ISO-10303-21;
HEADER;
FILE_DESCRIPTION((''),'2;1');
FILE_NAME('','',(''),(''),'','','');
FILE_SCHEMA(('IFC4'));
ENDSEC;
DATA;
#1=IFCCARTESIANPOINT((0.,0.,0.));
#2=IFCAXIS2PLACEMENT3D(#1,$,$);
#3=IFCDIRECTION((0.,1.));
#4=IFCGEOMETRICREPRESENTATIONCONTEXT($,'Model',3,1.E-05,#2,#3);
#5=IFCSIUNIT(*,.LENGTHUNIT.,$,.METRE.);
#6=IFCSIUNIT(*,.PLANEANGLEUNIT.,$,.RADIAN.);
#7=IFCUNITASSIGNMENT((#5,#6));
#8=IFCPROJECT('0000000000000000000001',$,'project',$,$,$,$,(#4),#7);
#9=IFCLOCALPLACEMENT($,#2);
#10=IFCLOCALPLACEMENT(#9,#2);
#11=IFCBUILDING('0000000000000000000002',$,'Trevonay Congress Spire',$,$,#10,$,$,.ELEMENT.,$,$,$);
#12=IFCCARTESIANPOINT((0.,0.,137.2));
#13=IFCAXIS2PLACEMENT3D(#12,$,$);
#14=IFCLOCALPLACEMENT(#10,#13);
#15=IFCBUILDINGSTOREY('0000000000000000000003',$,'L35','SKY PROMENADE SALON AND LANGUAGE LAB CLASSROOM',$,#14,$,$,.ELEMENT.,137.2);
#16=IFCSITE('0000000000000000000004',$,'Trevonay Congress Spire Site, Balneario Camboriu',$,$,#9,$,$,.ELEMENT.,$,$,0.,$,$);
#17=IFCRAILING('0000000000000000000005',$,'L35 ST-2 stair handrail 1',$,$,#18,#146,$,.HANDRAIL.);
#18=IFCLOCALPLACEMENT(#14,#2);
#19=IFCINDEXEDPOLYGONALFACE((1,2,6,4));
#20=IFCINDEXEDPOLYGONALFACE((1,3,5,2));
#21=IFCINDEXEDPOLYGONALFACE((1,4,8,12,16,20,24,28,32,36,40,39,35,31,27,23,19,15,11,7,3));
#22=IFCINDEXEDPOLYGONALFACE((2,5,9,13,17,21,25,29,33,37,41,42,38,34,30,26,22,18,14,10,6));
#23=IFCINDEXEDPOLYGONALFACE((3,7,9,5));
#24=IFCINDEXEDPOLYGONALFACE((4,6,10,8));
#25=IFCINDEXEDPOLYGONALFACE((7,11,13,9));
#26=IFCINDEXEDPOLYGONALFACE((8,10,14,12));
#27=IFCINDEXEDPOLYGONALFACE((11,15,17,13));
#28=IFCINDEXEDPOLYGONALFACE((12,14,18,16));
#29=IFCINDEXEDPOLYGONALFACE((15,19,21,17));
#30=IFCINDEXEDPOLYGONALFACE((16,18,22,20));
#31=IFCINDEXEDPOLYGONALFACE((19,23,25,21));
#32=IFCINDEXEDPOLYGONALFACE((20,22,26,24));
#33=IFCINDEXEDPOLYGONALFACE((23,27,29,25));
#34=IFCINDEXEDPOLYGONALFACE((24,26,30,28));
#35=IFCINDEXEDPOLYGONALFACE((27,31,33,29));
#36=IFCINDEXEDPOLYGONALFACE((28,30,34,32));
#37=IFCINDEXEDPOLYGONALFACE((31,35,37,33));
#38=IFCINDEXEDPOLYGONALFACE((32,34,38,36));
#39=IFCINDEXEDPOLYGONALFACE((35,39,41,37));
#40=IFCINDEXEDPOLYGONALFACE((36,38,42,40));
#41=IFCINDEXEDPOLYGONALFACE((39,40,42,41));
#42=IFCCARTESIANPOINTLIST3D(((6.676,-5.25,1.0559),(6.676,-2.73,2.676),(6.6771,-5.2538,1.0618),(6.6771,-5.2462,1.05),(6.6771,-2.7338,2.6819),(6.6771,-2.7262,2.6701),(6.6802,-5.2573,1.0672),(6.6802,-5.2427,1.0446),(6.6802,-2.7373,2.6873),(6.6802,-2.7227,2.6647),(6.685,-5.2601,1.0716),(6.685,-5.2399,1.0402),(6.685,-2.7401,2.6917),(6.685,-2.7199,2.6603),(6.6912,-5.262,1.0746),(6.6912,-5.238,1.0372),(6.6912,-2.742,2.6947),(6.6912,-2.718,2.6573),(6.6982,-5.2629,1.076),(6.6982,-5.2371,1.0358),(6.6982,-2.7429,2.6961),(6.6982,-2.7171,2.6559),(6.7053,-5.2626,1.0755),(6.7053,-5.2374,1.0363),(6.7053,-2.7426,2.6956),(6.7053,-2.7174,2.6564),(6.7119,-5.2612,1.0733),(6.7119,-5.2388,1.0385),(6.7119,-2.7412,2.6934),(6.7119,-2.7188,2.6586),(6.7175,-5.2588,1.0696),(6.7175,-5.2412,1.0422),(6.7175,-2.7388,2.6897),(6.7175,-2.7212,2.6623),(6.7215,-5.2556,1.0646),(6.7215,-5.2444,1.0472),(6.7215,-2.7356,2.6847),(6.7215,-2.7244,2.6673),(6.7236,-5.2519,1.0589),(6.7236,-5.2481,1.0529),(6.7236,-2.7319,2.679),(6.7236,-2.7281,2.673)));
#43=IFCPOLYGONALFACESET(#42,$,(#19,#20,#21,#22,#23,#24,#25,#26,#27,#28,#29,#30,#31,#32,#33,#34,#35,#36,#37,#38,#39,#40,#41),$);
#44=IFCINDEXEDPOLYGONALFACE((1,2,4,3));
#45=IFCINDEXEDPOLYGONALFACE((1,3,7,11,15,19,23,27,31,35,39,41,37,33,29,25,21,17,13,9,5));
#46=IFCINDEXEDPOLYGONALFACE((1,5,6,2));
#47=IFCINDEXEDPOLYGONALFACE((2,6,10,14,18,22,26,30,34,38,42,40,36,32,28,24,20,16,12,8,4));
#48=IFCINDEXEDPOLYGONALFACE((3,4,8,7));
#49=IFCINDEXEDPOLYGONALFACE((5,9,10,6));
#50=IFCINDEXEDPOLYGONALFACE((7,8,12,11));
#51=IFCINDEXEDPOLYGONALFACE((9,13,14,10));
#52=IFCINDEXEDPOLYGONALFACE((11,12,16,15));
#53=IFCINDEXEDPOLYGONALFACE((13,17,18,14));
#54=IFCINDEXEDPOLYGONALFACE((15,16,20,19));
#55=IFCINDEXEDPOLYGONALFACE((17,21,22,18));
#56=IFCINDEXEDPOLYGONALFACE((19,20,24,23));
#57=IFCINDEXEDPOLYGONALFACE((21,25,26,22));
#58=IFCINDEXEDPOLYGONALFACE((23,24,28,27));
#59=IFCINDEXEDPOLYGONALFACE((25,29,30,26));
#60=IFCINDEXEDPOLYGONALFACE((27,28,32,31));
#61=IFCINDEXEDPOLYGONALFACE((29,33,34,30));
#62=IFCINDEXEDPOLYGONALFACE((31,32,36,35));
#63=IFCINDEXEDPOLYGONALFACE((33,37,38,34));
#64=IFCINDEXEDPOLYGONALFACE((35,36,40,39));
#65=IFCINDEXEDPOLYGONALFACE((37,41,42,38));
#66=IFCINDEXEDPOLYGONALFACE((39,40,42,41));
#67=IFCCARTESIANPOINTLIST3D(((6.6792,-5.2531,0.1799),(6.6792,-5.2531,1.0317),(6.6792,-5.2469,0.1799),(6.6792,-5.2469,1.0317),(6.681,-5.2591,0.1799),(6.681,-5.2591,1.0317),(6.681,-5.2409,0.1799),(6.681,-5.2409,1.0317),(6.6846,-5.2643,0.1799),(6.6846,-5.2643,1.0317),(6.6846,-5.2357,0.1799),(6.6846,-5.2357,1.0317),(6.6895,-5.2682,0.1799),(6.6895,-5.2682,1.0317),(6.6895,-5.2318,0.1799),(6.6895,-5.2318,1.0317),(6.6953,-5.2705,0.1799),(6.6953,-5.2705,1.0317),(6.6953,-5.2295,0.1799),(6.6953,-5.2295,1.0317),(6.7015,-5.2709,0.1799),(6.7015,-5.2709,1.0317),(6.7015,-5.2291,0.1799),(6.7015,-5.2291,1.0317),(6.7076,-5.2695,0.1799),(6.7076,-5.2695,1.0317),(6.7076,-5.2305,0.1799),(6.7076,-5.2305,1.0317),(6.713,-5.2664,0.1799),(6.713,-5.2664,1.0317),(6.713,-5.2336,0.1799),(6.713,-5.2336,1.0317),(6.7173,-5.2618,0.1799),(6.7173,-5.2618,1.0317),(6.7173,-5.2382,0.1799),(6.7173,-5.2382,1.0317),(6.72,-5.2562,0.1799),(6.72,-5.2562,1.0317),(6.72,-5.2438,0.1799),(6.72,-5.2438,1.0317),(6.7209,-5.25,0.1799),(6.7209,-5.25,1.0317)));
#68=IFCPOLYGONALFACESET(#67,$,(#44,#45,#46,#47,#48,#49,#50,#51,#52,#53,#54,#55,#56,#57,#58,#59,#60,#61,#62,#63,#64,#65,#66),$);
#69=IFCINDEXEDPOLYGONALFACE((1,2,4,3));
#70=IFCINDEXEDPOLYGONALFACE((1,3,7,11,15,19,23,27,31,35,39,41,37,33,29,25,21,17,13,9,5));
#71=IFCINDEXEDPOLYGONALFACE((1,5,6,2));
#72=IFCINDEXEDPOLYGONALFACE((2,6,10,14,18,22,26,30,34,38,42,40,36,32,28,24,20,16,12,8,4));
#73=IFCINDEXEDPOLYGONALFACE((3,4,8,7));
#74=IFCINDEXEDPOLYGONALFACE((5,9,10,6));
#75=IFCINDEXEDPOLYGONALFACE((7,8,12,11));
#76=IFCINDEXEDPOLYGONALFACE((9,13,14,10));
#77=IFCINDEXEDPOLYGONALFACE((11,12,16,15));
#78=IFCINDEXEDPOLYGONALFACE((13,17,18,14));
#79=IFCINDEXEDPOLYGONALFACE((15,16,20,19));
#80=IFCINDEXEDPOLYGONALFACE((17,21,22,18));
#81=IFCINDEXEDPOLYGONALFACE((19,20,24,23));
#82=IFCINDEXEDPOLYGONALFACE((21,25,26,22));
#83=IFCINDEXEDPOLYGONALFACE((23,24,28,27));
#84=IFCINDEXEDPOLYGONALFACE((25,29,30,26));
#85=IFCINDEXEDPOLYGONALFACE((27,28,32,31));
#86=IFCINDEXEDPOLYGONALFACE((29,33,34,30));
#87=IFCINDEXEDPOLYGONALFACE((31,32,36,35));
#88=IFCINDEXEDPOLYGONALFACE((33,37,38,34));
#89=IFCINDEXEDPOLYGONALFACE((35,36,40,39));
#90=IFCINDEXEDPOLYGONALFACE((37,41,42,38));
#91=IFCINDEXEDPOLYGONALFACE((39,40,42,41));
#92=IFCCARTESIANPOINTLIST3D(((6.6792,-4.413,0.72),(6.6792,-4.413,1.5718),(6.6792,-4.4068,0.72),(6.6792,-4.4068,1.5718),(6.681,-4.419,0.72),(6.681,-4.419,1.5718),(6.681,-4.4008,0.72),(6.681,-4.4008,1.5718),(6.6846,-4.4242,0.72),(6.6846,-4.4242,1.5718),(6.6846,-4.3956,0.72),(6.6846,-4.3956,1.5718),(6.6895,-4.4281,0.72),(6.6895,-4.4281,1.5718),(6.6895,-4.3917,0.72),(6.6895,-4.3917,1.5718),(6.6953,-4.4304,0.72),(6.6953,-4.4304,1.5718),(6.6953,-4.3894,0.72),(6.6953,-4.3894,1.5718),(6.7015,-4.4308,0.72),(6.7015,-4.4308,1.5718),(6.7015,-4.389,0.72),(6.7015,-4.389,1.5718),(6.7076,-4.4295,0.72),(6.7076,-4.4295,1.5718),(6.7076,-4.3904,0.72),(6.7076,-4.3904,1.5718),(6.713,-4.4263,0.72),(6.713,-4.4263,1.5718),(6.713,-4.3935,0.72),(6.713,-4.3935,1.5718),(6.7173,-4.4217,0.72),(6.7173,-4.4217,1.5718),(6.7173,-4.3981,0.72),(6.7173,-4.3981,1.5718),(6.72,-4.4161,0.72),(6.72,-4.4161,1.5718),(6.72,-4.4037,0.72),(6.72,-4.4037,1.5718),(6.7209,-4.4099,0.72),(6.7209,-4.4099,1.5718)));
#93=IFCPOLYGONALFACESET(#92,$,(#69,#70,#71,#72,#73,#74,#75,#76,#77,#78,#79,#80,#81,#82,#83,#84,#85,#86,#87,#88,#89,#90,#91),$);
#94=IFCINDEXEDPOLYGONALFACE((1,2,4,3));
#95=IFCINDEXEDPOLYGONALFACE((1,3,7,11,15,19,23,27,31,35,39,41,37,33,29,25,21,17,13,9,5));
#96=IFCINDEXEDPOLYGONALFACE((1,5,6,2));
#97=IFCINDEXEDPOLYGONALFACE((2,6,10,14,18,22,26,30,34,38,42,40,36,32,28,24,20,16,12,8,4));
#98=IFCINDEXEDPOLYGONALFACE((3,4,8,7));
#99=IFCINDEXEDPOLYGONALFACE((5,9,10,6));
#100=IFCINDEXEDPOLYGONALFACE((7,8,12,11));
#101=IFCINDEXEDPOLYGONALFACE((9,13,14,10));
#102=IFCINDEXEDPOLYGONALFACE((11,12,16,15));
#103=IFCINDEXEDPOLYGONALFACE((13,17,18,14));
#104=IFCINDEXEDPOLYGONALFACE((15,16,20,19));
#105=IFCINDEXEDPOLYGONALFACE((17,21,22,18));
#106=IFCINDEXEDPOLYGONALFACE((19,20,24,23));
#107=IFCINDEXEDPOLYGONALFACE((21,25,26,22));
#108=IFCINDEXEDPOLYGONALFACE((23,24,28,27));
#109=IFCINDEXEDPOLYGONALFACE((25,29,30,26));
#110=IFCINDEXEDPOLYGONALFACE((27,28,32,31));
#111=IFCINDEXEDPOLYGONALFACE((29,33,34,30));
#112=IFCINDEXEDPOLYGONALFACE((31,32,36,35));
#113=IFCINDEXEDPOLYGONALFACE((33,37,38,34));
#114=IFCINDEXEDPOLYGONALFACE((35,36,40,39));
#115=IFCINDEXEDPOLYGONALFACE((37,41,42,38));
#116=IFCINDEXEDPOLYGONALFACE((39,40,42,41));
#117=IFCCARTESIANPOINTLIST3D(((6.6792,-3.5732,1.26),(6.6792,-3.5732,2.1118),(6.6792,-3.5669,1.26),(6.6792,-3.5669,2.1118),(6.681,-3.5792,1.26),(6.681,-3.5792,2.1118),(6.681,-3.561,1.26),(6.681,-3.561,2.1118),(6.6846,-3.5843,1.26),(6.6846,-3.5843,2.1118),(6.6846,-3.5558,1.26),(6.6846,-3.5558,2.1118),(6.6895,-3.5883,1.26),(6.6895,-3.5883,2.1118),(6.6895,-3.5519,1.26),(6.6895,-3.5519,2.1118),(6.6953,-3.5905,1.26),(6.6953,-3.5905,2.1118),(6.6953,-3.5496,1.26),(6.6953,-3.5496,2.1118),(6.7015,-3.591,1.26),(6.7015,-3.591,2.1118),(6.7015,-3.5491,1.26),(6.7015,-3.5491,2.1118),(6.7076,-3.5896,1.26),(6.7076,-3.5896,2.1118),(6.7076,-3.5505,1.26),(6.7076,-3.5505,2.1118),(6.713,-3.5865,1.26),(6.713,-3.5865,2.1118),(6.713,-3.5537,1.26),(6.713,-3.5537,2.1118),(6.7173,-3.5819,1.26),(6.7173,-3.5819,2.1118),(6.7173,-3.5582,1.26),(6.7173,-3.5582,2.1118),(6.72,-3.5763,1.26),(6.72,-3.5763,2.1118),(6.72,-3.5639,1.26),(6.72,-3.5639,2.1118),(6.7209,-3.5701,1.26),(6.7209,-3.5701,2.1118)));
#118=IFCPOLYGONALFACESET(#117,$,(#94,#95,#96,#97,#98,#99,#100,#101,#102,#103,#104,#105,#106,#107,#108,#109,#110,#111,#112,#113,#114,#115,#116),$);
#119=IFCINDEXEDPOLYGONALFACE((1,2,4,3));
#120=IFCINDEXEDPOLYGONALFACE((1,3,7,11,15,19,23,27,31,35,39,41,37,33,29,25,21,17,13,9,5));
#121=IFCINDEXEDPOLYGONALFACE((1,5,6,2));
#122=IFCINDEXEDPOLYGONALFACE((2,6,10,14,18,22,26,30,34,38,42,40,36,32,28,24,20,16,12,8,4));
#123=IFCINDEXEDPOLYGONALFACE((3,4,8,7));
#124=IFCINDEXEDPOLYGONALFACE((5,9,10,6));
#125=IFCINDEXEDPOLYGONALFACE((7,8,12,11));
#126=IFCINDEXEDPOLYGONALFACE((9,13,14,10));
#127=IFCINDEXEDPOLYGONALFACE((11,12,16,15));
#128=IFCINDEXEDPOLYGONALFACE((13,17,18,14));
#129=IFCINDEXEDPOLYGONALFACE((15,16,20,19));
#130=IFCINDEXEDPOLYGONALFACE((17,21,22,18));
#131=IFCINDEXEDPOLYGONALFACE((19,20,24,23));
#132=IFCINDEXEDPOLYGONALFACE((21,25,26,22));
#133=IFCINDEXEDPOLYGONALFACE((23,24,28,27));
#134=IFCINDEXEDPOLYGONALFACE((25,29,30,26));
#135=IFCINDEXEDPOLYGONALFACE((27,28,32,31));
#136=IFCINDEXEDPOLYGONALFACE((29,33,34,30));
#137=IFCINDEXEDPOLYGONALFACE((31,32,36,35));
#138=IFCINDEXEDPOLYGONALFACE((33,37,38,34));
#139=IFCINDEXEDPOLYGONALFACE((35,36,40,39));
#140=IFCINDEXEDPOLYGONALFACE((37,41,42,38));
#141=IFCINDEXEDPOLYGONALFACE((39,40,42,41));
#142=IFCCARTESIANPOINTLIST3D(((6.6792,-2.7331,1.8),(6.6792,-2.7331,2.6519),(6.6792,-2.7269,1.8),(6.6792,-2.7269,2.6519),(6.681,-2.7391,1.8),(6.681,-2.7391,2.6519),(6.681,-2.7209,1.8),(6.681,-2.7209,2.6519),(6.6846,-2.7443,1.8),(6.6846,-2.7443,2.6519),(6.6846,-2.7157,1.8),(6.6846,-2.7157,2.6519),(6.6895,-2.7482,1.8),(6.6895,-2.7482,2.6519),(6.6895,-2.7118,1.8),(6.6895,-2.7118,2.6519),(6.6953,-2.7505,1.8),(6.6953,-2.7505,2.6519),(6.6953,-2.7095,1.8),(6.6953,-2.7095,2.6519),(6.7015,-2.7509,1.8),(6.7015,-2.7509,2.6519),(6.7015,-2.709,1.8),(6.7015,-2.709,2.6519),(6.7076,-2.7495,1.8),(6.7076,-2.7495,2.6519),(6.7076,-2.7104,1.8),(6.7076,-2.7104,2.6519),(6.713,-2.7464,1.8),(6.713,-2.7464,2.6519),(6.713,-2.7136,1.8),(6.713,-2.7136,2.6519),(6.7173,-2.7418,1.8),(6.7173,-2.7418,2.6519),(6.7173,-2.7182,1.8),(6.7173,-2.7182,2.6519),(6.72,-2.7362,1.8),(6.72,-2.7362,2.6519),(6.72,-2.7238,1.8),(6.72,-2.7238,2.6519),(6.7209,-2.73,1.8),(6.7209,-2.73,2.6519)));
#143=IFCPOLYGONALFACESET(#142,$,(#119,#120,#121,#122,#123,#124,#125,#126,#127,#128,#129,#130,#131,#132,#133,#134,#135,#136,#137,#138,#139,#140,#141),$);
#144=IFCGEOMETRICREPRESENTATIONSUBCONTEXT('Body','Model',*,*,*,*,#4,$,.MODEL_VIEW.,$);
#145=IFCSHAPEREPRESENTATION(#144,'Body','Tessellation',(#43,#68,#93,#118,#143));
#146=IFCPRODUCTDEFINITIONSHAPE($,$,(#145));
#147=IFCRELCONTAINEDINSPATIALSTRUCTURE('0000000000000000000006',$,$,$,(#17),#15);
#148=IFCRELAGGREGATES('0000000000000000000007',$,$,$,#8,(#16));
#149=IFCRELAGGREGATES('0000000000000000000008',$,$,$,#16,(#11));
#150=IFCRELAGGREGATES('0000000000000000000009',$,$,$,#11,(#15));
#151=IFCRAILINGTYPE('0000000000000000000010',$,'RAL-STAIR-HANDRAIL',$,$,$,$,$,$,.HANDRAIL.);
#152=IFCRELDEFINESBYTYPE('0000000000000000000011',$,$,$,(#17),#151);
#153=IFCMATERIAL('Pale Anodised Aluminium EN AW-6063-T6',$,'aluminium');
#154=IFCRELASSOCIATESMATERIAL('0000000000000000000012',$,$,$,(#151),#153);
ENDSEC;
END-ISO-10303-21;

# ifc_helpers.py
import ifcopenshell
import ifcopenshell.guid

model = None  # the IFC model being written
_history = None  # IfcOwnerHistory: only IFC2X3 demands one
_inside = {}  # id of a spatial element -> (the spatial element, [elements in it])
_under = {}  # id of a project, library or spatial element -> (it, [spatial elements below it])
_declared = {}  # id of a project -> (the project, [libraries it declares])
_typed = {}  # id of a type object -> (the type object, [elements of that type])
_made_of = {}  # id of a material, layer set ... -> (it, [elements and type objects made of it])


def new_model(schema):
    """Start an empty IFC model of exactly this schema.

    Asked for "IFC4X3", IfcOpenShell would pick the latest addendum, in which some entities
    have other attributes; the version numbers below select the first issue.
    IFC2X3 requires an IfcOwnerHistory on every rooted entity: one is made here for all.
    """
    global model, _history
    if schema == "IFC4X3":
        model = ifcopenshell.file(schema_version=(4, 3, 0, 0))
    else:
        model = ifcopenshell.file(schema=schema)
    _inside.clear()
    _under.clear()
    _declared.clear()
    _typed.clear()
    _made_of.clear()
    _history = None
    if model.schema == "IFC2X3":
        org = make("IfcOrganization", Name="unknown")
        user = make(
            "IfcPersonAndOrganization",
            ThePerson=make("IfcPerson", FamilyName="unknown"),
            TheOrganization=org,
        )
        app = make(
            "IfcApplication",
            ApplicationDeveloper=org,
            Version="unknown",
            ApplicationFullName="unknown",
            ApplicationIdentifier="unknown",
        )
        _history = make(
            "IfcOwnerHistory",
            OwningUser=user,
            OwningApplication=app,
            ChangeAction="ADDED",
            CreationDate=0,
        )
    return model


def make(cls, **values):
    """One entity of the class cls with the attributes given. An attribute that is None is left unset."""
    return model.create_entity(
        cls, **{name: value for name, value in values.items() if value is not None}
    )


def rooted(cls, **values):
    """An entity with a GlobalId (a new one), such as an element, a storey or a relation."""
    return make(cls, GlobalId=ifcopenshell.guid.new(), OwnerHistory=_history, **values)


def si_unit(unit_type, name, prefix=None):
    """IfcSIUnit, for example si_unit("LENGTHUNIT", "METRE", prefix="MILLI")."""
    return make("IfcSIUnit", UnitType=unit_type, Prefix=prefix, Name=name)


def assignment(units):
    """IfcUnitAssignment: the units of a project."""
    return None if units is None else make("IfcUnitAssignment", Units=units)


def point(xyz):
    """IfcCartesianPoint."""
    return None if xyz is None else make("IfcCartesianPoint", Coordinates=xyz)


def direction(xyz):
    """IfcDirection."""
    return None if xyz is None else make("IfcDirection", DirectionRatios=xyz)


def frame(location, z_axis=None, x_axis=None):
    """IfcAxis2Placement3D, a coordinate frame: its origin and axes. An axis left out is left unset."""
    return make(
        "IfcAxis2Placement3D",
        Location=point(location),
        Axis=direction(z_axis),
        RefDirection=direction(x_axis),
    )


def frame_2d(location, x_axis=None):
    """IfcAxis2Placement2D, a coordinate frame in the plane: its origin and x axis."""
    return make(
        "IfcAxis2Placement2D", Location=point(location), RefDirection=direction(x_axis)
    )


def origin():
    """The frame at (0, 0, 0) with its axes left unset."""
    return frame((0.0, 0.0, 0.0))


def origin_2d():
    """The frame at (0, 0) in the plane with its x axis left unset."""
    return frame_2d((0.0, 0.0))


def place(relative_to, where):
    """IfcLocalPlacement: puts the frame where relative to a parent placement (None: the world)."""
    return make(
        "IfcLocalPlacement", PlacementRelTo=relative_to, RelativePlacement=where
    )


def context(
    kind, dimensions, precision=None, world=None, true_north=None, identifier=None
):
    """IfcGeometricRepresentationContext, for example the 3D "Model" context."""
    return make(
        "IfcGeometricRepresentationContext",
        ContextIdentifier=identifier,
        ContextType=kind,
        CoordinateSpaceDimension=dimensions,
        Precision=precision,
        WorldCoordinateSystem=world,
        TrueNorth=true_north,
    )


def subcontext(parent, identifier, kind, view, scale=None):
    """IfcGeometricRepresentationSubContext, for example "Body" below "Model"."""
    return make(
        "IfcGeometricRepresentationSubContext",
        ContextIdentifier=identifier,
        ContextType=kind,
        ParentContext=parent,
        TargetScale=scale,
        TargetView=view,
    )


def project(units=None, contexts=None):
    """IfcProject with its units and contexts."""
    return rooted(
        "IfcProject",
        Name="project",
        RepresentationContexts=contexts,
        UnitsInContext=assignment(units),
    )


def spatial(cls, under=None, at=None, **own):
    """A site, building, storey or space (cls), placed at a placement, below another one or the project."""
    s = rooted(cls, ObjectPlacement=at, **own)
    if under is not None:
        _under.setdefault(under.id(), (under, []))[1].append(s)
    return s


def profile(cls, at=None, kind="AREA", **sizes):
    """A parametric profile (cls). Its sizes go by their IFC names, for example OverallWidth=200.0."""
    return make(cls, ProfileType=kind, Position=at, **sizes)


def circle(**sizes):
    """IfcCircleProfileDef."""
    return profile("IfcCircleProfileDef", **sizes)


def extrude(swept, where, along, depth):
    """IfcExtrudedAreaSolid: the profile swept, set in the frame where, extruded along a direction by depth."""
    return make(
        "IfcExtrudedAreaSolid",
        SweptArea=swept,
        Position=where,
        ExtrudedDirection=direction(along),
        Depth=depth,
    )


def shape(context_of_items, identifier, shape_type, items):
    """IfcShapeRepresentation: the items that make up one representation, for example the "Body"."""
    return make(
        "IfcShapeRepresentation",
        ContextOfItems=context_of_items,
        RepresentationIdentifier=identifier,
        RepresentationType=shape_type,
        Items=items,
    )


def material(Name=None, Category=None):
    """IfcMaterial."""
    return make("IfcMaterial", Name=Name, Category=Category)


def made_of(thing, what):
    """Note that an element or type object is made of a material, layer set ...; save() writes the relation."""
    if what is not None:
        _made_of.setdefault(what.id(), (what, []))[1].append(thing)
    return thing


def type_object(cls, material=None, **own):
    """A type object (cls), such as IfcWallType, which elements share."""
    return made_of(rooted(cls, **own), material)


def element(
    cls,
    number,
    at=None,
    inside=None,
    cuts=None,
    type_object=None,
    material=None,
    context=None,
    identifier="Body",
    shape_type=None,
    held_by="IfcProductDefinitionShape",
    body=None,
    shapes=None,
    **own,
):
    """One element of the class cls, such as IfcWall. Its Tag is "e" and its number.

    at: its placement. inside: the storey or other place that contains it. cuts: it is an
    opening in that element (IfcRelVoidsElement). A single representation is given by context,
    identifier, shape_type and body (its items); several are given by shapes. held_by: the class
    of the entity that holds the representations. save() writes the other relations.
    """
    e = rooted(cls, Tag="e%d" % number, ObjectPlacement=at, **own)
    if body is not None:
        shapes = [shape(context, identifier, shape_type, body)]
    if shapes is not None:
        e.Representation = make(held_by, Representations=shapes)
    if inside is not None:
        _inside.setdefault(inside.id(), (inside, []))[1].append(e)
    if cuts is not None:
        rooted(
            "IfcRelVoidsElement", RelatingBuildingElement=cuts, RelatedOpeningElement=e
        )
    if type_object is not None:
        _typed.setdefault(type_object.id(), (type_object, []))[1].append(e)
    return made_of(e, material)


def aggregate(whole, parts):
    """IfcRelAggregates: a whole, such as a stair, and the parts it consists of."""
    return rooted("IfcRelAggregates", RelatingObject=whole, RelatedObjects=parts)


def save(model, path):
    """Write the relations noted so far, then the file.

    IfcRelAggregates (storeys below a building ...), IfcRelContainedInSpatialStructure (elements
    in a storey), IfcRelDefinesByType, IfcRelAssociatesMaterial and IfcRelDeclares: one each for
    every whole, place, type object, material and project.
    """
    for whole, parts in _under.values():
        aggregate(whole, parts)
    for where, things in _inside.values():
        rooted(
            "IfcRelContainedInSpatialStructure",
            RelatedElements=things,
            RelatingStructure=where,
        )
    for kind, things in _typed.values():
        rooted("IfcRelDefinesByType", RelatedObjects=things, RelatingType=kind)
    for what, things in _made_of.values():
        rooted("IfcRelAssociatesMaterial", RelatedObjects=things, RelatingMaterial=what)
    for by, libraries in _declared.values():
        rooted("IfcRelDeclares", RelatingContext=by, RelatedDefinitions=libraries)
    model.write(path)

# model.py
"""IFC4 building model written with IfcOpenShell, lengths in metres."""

from ifc_helpers import new_model, si_unit, direction, frame, origin, origin_2d, place, context, subcontext, project, spatial, circle, extrude, material, type_object, element, save


model = new_model("IFC4")

# Units and contexts
model_context = context("Model", 3, precision=1e-05, world=origin(), true_north=direction((0.0, 1.0)))
body_context = subcontext(model_context, "Body", "Model", "MODEL_VIEW")
ifc_project = project(units=[si_unit("LENGTHUNIT", "METRE"), si_unit("PLANEANGLEUNIT", "RADIAN")], contexts=[model_context])

# Site, building, storey
site_placement = place(None, origin())
site = spatial("IfcSite", under=ifc_project, at=site_placement, Name="Trevonay Congress Spire Site, Balneario Camboriu", CompositionType="ELEMENT", RefElevation=0.0)
building_placement = place(site_placement, origin())
building = spatial("IfcBuilding", under=site, at=building_placement, Name="Trevonay Congress Spire", CompositionType="ELEMENT")
storey_placement = place(building_placement, frame((0.0, 0.0, 137.2)))
storey = spatial("IfcBuildingStorey", under=building, at=storey_placement, Name="L35", Description="SKY PROMENADE SALON AND LANGUAGE LAB CLASSROOM", CompositionType="ELEMENT", Elevation=137.2)

# Railing
ifc_material_1 = material(Name="Pale Anodised Aluminium EN AW-6063-T6", Category="aluminium")
railing_type_1 = type_object("IfcRailingType", Name="RAL-STAIR-HANDRAIL", PredefinedType="HANDRAIL", material=ifc_material_1)
railing_1_placement = place(storey_placement, frame((6.7, -5.25, 0.1799)))
element("IfcRailing", 1, at=railing_1_placement, inside=storey, type_object=railing_type_1, Name="L35 ST-2 stair handrail 1", PredefinedType="HANDRAIL", context=body_context, shape_type="SweptSolid", body=[
    extrude(circle(Radius=0.0239, at=origin_2d()), frame((0.0, 0.0, 0.876), z_axis=(0.0, 0.841163, 0.540782), x_axis=(-1.0, 0.0, 0.0)), (0.0, 0.0, 1.0), 2.9958),
    extrude(circle(Radius=0.021, at=origin_2d()), origin(), (0.0, 0.0, 1.0), 0.8518),
    extrude(circle(Radius=0.021, at=origin_2d()), frame((0.0, 0.8401, 0.54)), (0.0, 0.0, 1.0), 0.8518),
    extrude(circle(Radius=0.021, at=origin_2d()), frame((0.0, 1.6799, 1.0801)), (0.0, 0.0, 1.0), 0.8518),
    extrude(circle(Radius=0.021, at=origin_2d()), frame((0.0, 2.52, 1.6201)), (0.0, 0.0, 1.0), 0.8518),
])

save(model, "model.ifc")
